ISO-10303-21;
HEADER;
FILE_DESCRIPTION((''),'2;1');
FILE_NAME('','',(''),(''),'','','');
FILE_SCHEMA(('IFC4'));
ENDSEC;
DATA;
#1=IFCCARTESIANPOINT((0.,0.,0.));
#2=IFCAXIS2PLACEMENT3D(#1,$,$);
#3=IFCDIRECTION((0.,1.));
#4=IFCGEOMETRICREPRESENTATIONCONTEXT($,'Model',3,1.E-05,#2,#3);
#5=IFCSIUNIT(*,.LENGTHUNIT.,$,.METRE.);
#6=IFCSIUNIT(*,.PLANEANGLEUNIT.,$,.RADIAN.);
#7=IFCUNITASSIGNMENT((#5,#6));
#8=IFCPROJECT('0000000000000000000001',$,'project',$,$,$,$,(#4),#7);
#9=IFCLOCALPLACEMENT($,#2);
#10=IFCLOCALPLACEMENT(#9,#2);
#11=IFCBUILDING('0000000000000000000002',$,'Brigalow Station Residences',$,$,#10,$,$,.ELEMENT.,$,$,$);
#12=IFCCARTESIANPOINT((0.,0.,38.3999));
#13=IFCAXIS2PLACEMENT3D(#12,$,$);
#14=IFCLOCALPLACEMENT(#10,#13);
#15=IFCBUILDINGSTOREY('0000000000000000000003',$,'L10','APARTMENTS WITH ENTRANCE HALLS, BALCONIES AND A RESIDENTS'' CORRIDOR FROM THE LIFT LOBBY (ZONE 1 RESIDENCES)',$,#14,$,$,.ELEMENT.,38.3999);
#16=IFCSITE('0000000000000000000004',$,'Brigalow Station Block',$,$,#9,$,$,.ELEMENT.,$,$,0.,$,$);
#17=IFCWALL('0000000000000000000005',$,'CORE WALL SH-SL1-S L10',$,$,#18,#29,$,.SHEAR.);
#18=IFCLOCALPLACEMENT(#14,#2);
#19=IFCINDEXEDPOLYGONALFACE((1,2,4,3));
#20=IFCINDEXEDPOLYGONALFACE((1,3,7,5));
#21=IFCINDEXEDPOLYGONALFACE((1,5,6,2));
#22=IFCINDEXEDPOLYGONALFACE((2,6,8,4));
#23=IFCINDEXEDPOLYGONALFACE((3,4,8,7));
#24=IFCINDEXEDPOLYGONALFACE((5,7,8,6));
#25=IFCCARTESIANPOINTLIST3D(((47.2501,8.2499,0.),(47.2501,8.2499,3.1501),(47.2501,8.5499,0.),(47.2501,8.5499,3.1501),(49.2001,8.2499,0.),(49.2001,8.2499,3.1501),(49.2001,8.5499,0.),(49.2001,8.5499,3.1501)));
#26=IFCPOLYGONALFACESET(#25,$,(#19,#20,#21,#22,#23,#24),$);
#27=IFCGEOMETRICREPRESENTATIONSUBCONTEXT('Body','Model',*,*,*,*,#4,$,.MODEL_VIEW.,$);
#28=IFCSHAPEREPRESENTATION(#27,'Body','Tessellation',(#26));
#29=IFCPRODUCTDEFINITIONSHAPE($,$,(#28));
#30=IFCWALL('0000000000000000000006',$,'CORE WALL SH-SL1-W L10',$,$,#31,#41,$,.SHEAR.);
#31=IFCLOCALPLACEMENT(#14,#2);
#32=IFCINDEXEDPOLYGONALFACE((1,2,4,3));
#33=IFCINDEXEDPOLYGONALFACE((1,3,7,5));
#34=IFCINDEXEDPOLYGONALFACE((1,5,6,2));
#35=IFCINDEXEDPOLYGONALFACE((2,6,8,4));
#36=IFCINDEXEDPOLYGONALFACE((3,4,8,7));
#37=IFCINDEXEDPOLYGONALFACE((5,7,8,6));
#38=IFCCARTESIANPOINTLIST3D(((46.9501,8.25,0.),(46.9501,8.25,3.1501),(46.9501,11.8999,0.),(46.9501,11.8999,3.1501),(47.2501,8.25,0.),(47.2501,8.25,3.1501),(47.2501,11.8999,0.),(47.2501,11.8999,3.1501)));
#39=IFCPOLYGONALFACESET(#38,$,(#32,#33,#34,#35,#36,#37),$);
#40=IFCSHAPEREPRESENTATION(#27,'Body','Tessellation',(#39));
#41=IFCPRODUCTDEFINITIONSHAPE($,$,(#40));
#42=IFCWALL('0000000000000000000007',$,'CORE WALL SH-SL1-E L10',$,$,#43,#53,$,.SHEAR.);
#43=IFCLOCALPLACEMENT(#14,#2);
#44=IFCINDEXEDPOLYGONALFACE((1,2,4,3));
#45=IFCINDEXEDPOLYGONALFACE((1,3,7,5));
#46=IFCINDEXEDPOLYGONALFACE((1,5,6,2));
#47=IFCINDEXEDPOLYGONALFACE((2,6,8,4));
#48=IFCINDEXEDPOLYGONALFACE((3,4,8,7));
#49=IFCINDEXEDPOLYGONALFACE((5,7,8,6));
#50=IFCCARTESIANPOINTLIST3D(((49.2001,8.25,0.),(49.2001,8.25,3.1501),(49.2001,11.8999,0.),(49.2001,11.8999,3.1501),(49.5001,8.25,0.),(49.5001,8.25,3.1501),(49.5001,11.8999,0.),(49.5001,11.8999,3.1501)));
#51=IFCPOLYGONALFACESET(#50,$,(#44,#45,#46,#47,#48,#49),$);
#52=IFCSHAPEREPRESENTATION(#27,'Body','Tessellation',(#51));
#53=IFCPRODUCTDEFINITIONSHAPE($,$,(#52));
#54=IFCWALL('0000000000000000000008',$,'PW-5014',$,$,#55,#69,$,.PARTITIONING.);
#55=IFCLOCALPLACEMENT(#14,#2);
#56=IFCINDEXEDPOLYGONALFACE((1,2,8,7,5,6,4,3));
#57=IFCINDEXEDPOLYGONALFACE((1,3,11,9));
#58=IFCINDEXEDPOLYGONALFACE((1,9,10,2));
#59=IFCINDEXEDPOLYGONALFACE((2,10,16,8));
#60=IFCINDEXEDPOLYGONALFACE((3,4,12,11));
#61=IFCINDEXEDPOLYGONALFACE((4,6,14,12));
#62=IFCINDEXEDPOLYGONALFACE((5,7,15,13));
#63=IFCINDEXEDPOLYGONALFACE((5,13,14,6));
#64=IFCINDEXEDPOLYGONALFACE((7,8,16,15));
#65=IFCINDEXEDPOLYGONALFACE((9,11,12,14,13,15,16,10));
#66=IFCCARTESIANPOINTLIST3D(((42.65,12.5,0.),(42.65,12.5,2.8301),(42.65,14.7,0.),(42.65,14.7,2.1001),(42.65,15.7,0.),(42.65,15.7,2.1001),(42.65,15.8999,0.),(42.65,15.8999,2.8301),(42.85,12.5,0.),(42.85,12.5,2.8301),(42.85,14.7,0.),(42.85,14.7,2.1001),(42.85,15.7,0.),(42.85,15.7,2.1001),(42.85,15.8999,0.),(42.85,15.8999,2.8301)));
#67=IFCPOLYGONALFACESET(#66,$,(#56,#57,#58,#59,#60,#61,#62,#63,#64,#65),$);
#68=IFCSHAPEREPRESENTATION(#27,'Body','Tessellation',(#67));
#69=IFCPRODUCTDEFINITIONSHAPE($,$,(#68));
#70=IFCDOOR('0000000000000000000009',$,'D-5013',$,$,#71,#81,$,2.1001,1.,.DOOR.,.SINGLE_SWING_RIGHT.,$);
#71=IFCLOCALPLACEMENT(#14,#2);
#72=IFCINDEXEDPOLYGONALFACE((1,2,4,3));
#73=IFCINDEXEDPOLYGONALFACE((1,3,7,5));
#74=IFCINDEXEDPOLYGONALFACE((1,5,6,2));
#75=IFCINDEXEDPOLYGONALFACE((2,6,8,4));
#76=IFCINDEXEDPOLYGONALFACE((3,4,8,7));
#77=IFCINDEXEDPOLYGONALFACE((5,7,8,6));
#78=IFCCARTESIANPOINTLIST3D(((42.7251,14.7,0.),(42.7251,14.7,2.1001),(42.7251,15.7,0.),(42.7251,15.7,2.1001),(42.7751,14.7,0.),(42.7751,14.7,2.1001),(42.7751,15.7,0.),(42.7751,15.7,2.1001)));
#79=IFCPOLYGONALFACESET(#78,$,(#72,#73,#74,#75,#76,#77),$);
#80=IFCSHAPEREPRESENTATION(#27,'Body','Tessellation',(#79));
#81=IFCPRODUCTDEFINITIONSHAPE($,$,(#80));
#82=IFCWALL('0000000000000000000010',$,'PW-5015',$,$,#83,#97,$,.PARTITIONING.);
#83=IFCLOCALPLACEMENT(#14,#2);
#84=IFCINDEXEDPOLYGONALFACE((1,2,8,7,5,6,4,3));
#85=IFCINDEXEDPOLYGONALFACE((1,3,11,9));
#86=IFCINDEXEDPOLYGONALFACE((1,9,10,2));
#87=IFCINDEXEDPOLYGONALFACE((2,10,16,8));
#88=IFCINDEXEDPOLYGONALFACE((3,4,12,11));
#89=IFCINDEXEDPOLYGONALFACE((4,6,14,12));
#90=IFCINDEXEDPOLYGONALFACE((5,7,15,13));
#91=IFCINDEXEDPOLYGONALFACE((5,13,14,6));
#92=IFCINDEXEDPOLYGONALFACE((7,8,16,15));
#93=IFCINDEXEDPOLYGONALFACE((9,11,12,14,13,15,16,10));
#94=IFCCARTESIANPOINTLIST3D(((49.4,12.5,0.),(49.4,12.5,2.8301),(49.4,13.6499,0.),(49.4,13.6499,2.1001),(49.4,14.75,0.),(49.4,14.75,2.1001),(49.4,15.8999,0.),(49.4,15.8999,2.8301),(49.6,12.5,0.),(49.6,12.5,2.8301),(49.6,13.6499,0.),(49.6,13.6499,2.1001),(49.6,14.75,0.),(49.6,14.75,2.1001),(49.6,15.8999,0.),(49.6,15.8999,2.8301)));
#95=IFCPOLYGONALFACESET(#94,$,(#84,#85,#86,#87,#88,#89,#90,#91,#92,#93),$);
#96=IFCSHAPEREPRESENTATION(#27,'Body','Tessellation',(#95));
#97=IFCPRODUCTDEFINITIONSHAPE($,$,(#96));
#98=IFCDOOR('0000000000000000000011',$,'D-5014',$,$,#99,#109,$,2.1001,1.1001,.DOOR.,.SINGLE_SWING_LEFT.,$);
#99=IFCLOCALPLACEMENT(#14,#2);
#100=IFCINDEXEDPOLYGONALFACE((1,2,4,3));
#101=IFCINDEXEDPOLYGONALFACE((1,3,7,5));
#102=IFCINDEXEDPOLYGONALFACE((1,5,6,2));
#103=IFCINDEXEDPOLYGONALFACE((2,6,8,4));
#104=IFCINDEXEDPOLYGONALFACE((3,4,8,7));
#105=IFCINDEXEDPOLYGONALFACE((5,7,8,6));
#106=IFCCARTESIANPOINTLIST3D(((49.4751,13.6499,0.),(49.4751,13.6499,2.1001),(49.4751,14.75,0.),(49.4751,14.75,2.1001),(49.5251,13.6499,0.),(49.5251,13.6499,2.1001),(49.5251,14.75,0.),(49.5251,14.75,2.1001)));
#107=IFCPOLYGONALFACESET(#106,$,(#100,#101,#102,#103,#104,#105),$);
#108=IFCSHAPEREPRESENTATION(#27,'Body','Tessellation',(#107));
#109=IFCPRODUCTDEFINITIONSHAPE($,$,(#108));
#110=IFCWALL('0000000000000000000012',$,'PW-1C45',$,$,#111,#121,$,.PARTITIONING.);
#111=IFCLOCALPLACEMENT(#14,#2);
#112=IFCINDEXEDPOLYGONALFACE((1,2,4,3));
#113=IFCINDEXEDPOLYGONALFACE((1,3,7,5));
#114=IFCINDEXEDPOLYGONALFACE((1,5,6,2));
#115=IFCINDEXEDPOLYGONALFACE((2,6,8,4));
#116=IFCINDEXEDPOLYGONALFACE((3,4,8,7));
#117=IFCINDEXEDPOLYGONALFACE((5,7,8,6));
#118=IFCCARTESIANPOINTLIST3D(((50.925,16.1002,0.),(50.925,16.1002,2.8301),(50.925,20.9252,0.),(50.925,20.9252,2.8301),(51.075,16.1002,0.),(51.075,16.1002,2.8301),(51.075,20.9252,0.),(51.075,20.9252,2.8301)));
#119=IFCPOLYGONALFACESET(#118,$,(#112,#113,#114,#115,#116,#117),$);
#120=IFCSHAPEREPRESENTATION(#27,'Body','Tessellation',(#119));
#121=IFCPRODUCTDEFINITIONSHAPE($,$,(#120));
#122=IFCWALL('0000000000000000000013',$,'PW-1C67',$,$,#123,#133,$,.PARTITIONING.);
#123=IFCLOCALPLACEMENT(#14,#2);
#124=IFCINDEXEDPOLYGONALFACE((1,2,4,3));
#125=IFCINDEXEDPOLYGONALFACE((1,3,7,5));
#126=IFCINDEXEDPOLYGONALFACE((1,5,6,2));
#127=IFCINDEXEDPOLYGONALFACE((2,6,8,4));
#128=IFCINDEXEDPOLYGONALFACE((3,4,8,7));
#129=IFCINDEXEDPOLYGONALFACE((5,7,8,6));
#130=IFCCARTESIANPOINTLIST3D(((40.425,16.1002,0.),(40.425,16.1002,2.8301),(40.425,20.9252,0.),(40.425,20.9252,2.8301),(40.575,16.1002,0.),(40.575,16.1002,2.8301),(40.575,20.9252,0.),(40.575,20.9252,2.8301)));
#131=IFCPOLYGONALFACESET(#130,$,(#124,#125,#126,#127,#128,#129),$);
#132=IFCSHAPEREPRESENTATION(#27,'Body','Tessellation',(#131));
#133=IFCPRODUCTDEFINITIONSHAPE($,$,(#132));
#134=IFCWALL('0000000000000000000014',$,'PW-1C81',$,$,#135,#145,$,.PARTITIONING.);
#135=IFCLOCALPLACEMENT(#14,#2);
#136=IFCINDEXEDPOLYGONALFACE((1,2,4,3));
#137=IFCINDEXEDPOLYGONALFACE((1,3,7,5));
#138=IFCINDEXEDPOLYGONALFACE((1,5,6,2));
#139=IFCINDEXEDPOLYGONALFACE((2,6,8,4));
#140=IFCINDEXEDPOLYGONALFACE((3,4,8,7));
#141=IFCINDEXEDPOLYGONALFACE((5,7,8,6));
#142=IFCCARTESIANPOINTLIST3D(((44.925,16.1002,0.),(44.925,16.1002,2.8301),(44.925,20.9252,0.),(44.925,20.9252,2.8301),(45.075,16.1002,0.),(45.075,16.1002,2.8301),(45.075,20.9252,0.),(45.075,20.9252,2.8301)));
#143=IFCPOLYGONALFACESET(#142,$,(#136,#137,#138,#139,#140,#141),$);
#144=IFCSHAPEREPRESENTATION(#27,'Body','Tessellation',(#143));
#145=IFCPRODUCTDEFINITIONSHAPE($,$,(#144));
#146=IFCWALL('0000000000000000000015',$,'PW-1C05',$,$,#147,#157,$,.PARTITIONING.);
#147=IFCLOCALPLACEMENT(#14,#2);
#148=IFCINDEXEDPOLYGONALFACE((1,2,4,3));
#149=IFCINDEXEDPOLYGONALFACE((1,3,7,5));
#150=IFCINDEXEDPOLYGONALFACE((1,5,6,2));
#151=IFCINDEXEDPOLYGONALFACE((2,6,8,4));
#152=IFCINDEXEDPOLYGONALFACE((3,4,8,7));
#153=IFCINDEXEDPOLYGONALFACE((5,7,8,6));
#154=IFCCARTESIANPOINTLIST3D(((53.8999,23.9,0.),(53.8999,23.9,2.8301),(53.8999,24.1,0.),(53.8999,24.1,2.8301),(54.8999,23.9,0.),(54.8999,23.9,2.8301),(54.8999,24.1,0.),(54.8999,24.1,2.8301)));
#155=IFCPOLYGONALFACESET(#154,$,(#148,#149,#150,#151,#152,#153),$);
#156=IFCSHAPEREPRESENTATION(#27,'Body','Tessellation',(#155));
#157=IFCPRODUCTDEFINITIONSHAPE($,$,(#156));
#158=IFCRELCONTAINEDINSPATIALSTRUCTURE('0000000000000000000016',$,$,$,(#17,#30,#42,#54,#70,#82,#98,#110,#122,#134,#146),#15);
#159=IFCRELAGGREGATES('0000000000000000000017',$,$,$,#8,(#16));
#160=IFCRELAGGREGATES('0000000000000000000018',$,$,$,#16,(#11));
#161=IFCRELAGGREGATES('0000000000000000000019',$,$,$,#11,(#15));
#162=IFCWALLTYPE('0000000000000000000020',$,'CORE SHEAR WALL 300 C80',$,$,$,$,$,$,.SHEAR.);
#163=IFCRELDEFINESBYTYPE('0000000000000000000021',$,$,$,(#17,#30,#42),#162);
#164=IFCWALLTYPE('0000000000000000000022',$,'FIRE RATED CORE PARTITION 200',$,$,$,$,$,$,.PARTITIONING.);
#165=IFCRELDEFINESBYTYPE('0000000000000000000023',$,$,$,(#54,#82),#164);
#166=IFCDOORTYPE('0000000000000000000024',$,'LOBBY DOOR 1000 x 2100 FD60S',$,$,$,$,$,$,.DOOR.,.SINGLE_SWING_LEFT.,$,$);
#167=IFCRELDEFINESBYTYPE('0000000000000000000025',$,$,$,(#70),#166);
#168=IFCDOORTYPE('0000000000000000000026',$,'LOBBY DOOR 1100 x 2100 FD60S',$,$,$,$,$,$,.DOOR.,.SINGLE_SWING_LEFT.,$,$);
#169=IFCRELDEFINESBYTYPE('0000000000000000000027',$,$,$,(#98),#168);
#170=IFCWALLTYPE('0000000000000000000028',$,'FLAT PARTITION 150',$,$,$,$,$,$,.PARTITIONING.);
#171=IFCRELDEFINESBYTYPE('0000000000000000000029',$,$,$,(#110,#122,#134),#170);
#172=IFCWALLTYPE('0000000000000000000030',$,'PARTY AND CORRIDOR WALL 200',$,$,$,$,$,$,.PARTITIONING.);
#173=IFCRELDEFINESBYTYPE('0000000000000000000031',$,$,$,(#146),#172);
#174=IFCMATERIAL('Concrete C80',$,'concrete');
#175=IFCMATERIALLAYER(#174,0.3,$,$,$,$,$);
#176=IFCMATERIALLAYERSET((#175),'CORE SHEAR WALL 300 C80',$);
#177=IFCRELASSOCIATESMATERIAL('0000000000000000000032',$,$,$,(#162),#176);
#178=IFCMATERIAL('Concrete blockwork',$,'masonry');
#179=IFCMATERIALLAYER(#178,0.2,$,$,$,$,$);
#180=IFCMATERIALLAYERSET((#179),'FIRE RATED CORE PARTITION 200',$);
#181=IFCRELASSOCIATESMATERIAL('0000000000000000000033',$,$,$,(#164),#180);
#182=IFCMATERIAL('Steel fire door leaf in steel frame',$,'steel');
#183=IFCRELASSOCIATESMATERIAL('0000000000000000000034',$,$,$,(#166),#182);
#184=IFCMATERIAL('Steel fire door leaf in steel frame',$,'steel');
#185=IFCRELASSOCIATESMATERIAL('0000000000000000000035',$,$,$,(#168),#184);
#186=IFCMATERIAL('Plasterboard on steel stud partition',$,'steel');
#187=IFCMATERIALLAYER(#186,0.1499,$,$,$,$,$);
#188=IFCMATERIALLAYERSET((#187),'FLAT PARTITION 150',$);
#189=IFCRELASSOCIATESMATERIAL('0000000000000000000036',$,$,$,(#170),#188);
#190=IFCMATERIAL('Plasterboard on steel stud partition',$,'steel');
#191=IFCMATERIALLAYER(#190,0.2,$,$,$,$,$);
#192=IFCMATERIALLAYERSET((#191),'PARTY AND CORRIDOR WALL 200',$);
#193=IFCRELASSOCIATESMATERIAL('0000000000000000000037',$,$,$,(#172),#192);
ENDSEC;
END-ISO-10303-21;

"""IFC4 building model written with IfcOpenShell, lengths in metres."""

from ifc_helpers import new_model, si_unit, direction, frame, frame_2d, origin, place, context, subcontext, project, spatial, rectangle, extrude, material, layer, layer_set, type_object, element, fill, save


model = new_model("IFC4")

# Units and contexts
model_context = context("Model", 3, precision=1e-05, world=origin(), true_north=direction((0.0, 1.0)))
body_context = subcontext(model_context, "Body", "Model", "MODEL_VIEW")
ifc_project = project(units=[si_unit("LENGTHUNIT", "METRE"), si_unit("PLANEANGLEUNIT", "RADIAN")], contexts=[model_context])

# Site, building, storey
site_placement = place(None, origin())
site = spatial("IfcSite", under=ifc_project, at=site_placement, Name="Brigalow Station Block", CompositionType="ELEMENT", RefElevation=0.0)
building_placement = place(site_placement, origin())
building = spatial("IfcBuilding", under=site, at=building_placement, Name="Brigalow Station Residences", CompositionType="ELEMENT")
storey_placement = place(building_placement, frame((0.0, 0.0, 38.3999)))
storey = spatial("IfcBuildingStorey", under=building, at=storey_placement, Name="L10", Description="APARTMENTS WITH ENTRANCE HALLS, BALCONIES AND A RESIDENTS' CORRIDOR FROM THE LIFT LOBBY (ZONE 1 RESIDENCES)", CompositionType="ELEMENT", Elevation=38.3999)

# Walls
ifc_material_1 = material(Name="Concrete C80", Category="concrete")
ifc_layer_1 = layer(ifc_material_1, 0.3)
ifc_layer_set_1 = layer_set([ifc_layer_1], Name="CORE SHEAR WALL 300 C80")
wall_type_1 = type_object("IfcWallType", Name="CORE SHEAR WALL 300 C80", PredefinedType="SHEAR", material=ifc_layer_set_1)
wall_1_placement = place(storey_placement, frame((47.25, 8.3999, 0.0), z_axis=(0.0, 0.0, 1.0), x_axis=(1.0, 0.0, 0.0)))
element("IfcWall", 1, at=wall_1_placement, inside=storey, type_object=wall_type_1, Name="CORE WALL SH-SL1-S L10", PredefinedType="SHEAR", context=body_context, shape_type="SweptSolid", body=[
    extrude(rectangle(XDim=1.95, YDim=0.3, at=frame_2d((0.9751, 0.0))), origin(), (0.0, 0.0, 1.0), 3.1501),
])
for number, where, z_axis, x_axis, name in (
    (2, (47.1001, 8.25, 0.0), (0.0, 0.0, 1.0), (0.0, 1.0, 0.0), "CORE WALL SH-SL1-W L10"),
    (3, (49.3501, 8.25, 0.0), (0.0, 0.0, 1.0), (0.0, 1.0, 0.0), "CORE WALL SH-SL1-E L10"),
):
    element("IfcWall", number, at=place(storey_placement, frame(where, z_axis=z_axis, x_axis=x_axis)), inside=storey, type_object=wall_type_1, Name=name, PredefinedType="SHEAR", context=body_context, shape_type="SweptSolid", body=[
        extrude(rectangle(XDim=3.6499, YDim=0.3, at=frame_2d((1.825, 0.0))), origin(), (0.0, 0.0, 1.0), 3.1501),
    ])

# Walls, openings, doors
ifc_material_2 = material(Name="Concrete blockwork", Category="masonry")
ifc_layer_2 = layer(ifc_material_2, 0.2)
ifc_layer_set_2 = layer_set([ifc_layer_2], Name="FIRE RATED CORE PARTITION 200")
wall_type_2 = type_object("IfcWallType", Name="FIRE RATED CORE PARTITION 200", PredefinedType="PARTITIONING", material=ifc_layer_set_2)
wall_2_placement = place(storey_placement, frame((42.75, 12.5, 0.0), z_axis=(0.0, 0.0, 1.0), x_axis=(0.0, 1.0, 0.0)))
wall_2 = element("IfcWall", 4, at=wall_2_placement, inside=storey, type_object=wall_type_2, Name="PW-5014", PredefinedType="PARTITIONING", context=body_context, shape_type="SweptSolid", body=[
    extrude(rectangle(XDim=3.3999, YDim=0.2, at=frame_2d((1.7, 0.0))), origin(), (0.0, 0.0, 1.0), 2.8301),
])
opening_1_placement = place(wall_2_placement, frame((2.2, 0.0, 0.0)))
opening_1 = element("IfcOpeningElement", 5, at=opening_1_placement, cuts=wall_2, PredefinedType="OPENING", context=body_context, shape_type="SweptSolid", body=[
    extrude(rectangle(XDim=1.0, YDim=2.1001, at=frame_2d((0.5, 1.05))), frame((0.0, 0.1099, 0.0), z_axis=(0.0, -1.0, 0.0), x_axis=(1.0, 0.0, 0.0)), (0.0, 0.0, 1.0), 0.22),
])
ifc_material_3 = material(Name="Steel fire door leaf in steel frame", Category="steel")
door_type_1 = type_object("IfcDoorType", Name="LOBBY DOOR 1000 x 2100 FD60S", OperationType="SINGLE_SWING_LEFT", PredefinedType="DOOR", material=ifc_material_3)
door_1_placement = place(opening_1_placement, origin())
door_1 = element("IfcDoor", 6, at=door_1_placement, inside=storey, type_object=door_type_1, Name="D-5013", OperationType="SINGLE_SWING_RIGHT", OverallHeight=2.1001, OverallWidth=1.0, PredefinedType="DOOR", context=body_context, shape_type="SweptSolid", body=[
    extrude(rectangle(XDim=1.0, YDim=2.1001, at=frame_2d((0.5, 1.05))), frame((0.0, 0.0249, 0.0), z_axis=(0.0, -1.0, 0.0), x_axis=(1.0, 0.0, 0.0)), (0.0, 0.0, 1.0), 0.05),
])
fill(opening_1, door_1)
wall_3_placement = place(storey_placement, frame((49.5, 12.5, 0.0), z_axis=(0.0, 0.0, 1.0), x_axis=(0.0, 1.0, 0.0)))
wall_3 = element("IfcWall", 7, at=wall_3_placement, inside=storey, type_object=wall_type_2, Name="PW-5015", PredefinedType="PARTITIONING", context=body_context, shape_type="SweptSolid", body=[
    extrude(rectangle(XDim=3.3999, YDim=0.2, at=frame_2d((1.7, 0.0))), origin(), (0.0, 0.0, 1.0), 2.8301),
])
opening_2_placement = place(wall_3_placement, frame((1.1499, 0.0, 0.0)))
opening_2 = element("IfcOpeningElement", 8, at=opening_2_placement, cuts=wall_3, PredefinedType="OPENING", context=body_context, shape_type="SweptSolid", body=[
    extrude(rectangle(XDim=1.1001, YDim=2.1001, at=frame_2d((0.55, 1.05))), frame((0.0, 0.1099, 0.0), z_axis=(0.0, -1.0, 0.0), x_axis=(1.0, 0.0, 0.0)), (0.0, 0.0, 1.0), 0.22),
])
ifc_material_4 = material(Name="Steel fire door leaf in steel frame", Category="steel")
door_type_2 = type_object("IfcDoorType", Name="LOBBY DOOR 1100 x 2100 FD60S", OperationType="SINGLE_SWING_LEFT", PredefinedType="DOOR", material=ifc_material_4)
door_2_placement = place(opening_2_placement, origin())
door_2 = element("IfcDoor", 9, at=door_2_placement, inside=storey, type_object=door_type_2, Name="D-5014", OperationType="SINGLE_SWING_LEFT", OverallHeight=2.1001, OverallWidth=1.1001, PredefinedType="DOOR", context=body_context, shape_type="SweptSolid", body=[
    extrude(rectangle(XDim=1.1001, YDim=2.1001, at=frame_2d((0.55, 1.05))), frame((0.0, 0.0249, 0.0), z_axis=(0.0, -1.0, 0.0), x_axis=(1.0, 0.0, 0.0)), (0.0, 0.0, 1.0), 0.05),
])
fill(opening_2, door_2)

# Walls
ifc_material_5 = material(Name="Plasterboard on steel stud partition", Category="steel")
ifc_layer_3 = layer(ifc_material_5, 0.1499)
ifc_layer_set_3 = layer_set([ifc_layer_3], Name="FLAT PARTITION 150")
wall_type_3 = type_object("IfcWallType", Name="FLAT PARTITION 150", PredefinedType="PARTITIONING", material=ifc_layer_set_3)
for number, where, z_axis, x_axis, name in (
    (10, (51.0, 16.1001, 0.0), (0.0, 0.0, 1.0), (0.0, 1.0, 0.0), "PW-1C45"),
    (11, (40.5, 16.1001, 0.0), (0.0, 0.0, 1.0), (0.0, 1.0, 0.0), "PW-1C67"),
    (12, (45.0, 16.1001, 0.0), (0.0, 0.0, 1.0), (0.0, 1.0, 0.0), "PW-1C81"),
):
    element("IfcWall", number, at=place(storey_placement, frame(where, z_axis=z_axis, x_axis=x_axis)), inside=storey, type_object=wall_type_3, Name=name, PredefinedType="PARTITIONING", context=body_context, shape_type="SweptSolid", body=[
        extrude(rectangle(XDim=4.825, YDim=0.1499, at=frame_2d((2.4126, 0.0))), origin(), (0.0, 0.0, 1.0), 2.8301),
    ])
ifc_material_6 = material(Name="Plasterboard on steel stud partition", Category="steel")
ifc_layer_4 = layer(ifc_material_6, 0.2)
ifc_layer_set_4 = layer_set([ifc_layer_4], Name="PARTY AND CORRIDOR WALL 200")
wall_type_4 = type_object("IfcWallType", Name="PARTY AND CORRIDOR WALL 200", PredefinedType="PARTITIONING", material=ifc_layer_set_4)
wall_4_placement = place(storey_placement, frame((53.8999, 24.0, 0.0), z_axis=(0.0, 0.0, 1.0), x_axis=(1.0, 0.0, 0.0)))
element("IfcWall", 13, at=wall_4_placement, inside=storey, type_object=wall_type_4, Name="PW-1C05", PredefinedType="PARTITIONING", context=body_context, shape_type="SweptSolid", body=[
    extrude(rectangle(XDim=1.0, YDim=0.2, at=frame_2d((0.5, 0.0))), origin(), (0.0, 0.0, 1.0), 2.8301),
])

save(model, "model.ifc")
